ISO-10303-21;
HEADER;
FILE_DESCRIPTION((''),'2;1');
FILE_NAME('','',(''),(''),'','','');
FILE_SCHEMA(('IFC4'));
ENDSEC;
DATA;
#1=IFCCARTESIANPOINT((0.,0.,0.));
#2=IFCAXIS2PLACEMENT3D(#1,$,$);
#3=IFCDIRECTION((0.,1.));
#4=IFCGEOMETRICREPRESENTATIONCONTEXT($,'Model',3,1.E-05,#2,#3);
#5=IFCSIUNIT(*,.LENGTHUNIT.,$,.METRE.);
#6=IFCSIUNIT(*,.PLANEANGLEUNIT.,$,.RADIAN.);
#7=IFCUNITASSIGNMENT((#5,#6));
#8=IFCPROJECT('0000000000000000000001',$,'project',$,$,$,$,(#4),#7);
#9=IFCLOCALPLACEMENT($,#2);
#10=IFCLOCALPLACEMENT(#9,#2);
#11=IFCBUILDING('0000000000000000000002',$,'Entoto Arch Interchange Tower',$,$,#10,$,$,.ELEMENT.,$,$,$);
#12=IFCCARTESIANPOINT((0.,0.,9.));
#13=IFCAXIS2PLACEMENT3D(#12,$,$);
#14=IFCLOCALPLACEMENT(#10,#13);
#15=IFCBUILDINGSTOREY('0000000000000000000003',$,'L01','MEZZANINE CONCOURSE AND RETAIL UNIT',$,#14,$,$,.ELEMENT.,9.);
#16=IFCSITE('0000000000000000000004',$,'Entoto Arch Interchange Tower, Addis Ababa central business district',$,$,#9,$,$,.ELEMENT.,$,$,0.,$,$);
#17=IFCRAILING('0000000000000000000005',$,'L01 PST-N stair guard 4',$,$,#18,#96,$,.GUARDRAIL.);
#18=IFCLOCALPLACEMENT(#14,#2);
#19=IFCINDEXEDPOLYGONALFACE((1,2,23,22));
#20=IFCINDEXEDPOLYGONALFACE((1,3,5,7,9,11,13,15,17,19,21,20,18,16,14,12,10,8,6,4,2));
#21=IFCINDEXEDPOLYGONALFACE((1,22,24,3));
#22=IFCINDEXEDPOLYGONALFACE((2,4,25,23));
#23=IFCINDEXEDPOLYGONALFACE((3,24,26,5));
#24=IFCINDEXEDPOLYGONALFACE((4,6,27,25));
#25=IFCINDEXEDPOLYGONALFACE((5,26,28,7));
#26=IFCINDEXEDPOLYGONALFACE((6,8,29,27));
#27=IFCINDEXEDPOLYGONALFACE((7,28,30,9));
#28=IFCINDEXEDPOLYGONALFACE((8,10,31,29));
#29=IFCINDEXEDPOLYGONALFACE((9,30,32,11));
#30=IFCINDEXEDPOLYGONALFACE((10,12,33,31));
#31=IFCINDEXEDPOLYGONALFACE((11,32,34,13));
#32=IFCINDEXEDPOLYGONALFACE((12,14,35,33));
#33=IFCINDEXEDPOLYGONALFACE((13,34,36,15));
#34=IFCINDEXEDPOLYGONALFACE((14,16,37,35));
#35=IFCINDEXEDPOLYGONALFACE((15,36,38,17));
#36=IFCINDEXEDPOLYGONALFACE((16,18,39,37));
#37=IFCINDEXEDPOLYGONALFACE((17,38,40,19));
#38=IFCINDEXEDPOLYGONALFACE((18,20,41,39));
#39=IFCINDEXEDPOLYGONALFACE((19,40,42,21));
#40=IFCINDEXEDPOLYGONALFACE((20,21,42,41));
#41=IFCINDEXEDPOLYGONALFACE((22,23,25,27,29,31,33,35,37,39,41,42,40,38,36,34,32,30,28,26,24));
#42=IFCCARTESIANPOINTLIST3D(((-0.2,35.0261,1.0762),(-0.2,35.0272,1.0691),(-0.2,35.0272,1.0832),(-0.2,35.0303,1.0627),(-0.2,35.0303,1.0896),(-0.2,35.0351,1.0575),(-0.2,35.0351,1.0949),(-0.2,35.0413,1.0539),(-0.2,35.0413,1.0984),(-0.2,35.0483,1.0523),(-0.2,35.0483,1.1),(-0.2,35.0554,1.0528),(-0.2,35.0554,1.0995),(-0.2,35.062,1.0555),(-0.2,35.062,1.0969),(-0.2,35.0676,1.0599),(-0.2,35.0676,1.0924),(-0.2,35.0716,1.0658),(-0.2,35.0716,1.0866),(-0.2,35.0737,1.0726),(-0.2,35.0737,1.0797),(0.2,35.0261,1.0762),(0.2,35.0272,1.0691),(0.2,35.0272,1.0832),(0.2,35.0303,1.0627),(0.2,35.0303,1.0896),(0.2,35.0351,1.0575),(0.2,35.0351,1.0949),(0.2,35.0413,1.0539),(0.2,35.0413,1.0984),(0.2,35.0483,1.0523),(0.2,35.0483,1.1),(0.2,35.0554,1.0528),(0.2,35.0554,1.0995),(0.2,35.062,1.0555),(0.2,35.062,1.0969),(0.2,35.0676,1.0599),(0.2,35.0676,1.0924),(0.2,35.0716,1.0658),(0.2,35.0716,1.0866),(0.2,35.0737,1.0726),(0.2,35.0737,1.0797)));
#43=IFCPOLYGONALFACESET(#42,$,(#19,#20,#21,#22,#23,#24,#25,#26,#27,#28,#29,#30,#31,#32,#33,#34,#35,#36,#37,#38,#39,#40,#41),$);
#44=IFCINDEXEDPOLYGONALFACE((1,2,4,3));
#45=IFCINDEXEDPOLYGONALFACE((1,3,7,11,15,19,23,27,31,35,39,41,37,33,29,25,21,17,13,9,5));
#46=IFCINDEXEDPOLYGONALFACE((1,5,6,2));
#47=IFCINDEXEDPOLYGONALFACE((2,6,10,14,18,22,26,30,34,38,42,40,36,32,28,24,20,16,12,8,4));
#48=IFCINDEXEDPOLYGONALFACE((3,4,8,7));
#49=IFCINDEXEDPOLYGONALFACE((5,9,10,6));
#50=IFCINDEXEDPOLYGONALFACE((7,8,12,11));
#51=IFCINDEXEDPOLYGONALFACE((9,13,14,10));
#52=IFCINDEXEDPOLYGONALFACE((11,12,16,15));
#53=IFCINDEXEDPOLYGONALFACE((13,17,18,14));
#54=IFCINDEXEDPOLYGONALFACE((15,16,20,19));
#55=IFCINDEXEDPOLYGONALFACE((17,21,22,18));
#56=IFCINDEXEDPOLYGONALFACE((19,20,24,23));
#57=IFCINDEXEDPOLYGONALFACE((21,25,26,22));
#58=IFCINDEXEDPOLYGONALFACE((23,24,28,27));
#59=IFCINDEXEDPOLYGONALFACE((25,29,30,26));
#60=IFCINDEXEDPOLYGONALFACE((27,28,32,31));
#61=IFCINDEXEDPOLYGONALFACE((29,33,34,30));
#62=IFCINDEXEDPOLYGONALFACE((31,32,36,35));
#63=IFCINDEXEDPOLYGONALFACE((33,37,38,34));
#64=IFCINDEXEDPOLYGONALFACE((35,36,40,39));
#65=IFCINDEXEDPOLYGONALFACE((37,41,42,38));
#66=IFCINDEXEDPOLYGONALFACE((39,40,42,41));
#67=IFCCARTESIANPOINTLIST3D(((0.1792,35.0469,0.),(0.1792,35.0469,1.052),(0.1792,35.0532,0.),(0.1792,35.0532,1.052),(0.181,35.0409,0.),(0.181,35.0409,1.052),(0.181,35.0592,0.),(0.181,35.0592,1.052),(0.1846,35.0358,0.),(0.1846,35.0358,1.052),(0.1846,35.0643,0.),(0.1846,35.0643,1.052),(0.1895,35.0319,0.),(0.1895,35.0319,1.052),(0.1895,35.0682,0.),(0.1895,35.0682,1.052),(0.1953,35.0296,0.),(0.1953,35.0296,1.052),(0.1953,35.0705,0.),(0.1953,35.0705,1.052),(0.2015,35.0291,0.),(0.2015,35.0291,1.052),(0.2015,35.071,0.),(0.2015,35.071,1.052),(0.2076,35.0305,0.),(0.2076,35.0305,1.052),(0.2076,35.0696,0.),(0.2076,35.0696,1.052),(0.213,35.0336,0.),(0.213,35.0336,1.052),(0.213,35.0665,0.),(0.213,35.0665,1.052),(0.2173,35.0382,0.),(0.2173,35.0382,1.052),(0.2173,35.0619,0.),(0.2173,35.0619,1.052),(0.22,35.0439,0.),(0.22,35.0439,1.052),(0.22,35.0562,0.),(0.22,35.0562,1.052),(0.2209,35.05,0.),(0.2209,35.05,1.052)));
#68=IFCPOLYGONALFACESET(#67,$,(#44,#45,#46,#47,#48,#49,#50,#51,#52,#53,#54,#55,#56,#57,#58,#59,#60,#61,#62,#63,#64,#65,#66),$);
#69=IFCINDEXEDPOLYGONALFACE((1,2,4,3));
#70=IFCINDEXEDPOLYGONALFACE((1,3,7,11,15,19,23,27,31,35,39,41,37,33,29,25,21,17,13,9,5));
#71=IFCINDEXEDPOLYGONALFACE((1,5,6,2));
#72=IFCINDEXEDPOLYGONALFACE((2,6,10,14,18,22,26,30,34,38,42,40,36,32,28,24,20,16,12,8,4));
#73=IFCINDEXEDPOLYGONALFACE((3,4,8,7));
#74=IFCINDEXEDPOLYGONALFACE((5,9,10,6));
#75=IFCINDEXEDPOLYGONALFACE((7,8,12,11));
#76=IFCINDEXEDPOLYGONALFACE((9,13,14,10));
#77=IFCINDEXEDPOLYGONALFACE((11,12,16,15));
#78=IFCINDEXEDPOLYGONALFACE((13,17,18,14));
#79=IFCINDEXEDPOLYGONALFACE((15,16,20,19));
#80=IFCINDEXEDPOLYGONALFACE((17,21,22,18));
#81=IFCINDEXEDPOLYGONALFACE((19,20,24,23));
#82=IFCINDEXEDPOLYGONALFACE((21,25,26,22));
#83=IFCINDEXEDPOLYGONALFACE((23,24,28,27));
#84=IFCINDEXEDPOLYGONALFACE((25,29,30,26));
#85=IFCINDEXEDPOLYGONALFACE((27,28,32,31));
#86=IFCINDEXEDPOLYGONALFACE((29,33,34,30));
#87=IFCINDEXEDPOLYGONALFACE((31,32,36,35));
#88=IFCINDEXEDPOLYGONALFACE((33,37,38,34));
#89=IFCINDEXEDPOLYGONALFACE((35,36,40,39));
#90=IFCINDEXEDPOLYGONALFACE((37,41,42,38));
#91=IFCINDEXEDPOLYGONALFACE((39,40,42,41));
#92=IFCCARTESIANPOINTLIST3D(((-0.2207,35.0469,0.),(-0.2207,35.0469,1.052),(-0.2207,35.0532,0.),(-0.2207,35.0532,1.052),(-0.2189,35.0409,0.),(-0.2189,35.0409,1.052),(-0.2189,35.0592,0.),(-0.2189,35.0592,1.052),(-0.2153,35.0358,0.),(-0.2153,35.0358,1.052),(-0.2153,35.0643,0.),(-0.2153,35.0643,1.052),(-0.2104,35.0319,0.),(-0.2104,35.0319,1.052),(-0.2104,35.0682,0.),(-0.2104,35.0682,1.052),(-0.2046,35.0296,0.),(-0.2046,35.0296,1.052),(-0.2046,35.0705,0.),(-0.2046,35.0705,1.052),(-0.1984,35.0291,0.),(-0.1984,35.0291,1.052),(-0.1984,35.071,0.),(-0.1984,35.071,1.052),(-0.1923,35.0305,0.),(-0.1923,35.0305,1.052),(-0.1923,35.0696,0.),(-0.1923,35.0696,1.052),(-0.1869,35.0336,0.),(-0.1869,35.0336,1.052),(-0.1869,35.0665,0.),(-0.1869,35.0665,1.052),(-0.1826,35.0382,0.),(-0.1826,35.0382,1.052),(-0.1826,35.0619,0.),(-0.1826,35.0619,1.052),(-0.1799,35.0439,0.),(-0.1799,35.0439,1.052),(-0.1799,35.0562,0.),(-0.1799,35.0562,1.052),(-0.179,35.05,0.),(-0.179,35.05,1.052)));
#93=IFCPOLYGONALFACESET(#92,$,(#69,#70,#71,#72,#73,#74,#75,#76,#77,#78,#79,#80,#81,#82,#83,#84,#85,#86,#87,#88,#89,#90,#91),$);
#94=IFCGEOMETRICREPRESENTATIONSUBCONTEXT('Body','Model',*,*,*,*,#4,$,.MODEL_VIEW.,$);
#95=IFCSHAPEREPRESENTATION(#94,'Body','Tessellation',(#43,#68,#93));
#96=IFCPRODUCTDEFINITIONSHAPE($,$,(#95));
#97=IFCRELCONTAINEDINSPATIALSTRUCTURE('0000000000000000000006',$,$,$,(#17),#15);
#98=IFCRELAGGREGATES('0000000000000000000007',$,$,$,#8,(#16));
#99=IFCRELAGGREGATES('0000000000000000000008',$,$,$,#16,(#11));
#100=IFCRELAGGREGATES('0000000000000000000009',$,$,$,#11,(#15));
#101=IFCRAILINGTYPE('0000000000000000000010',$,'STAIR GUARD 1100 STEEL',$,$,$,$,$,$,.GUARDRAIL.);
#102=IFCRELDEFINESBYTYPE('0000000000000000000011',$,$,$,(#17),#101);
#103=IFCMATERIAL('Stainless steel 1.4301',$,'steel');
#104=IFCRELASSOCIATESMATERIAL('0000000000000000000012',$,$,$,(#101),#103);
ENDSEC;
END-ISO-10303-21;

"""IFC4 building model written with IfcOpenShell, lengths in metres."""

from ifc_helpers import new_model, si_unit, direction, frame, origin, origin_2d, place, context, subcontext, project, spatial, circle, extrude, material, type_object, element, save


model = new_model("IFC4")

# Units and contexts
model_context = context("Model", 3, precision=1e-05, world=origin(), true_north=direction((0.0, 1.0)))
body_context = subcontext(model_context, "Body", "Model", "MODEL_VIEW")
ifc_project = project(units=[si_unit("LENGTHUNIT", "METRE"), si_unit("PLANEANGLEUNIT", "RADIAN")], contexts=[model_context])

# Site, building, storey
site_placement = place(None, origin())
site = spatial("IfcSite", under=ifc_project, at=site_placement, Name="Entoto Arch Interchange Tower, Addis Ababa central business district", CompositionType="ELEMENT", RefElevation=0.0)
building_placement = place(site_placement, origin())
building = spatial("IfcBuilding", under=site, at=building_placement, Name="Entoto Arch Interchange Tower", CompositionType="ELEMENT")
storey_placement = place(building_placement, frame((0.0, 0.0, 9.0)))
storey = spatial("IfcBuildingStorey", under=building, at=storey_placement, Name="L01", Description="MEZZANINE CONCOURSE AND RETAIL UNIT", CompositionType="ELEMENT", Elevation=9.0)

# Railing
ifc_material_1 = material(Name="Stainless steel 1.4301", Category="steel")
railing_type = type_object("IfcRailingType", Name="STAIR GUARD 1100 STEEL", PredefinedType="GUARDRAIL", material=ifc_material_1)
railing_1_placement = place(storey_placement, frame((0.2, 35.05, 0.0)))
element("IfcRailing", 1, at=railing_1_placement, inside=storey, type_object=railing_type, Name="L01 PST-N stair guard 4", PredefinedType="GUARDRAIL", context=body_context, shape_type="SweptSolid", body=[
    extrude(circle(Radius=0.0239, at=origin_2d()), frame((0.0, 0.0, 1.0762), z_axis=(-1.0, 0.0, 0.0), x_axis=(0.0, -1.0, 0.0)), (0.0, 0.0, 1.0), 0.3999),
    extrude(circle(Radius=0.021, at=origin_2d()), origin(), (0.0, 0.0, 1.0), 1.052),
    extrude(circle(Radius=0.021, at=origin_2d()), frame((-0.3999, 0.0, 0.0)), (0.0, 0.0, 1.0), 1.052),
])

save(model, "model.ifc")
